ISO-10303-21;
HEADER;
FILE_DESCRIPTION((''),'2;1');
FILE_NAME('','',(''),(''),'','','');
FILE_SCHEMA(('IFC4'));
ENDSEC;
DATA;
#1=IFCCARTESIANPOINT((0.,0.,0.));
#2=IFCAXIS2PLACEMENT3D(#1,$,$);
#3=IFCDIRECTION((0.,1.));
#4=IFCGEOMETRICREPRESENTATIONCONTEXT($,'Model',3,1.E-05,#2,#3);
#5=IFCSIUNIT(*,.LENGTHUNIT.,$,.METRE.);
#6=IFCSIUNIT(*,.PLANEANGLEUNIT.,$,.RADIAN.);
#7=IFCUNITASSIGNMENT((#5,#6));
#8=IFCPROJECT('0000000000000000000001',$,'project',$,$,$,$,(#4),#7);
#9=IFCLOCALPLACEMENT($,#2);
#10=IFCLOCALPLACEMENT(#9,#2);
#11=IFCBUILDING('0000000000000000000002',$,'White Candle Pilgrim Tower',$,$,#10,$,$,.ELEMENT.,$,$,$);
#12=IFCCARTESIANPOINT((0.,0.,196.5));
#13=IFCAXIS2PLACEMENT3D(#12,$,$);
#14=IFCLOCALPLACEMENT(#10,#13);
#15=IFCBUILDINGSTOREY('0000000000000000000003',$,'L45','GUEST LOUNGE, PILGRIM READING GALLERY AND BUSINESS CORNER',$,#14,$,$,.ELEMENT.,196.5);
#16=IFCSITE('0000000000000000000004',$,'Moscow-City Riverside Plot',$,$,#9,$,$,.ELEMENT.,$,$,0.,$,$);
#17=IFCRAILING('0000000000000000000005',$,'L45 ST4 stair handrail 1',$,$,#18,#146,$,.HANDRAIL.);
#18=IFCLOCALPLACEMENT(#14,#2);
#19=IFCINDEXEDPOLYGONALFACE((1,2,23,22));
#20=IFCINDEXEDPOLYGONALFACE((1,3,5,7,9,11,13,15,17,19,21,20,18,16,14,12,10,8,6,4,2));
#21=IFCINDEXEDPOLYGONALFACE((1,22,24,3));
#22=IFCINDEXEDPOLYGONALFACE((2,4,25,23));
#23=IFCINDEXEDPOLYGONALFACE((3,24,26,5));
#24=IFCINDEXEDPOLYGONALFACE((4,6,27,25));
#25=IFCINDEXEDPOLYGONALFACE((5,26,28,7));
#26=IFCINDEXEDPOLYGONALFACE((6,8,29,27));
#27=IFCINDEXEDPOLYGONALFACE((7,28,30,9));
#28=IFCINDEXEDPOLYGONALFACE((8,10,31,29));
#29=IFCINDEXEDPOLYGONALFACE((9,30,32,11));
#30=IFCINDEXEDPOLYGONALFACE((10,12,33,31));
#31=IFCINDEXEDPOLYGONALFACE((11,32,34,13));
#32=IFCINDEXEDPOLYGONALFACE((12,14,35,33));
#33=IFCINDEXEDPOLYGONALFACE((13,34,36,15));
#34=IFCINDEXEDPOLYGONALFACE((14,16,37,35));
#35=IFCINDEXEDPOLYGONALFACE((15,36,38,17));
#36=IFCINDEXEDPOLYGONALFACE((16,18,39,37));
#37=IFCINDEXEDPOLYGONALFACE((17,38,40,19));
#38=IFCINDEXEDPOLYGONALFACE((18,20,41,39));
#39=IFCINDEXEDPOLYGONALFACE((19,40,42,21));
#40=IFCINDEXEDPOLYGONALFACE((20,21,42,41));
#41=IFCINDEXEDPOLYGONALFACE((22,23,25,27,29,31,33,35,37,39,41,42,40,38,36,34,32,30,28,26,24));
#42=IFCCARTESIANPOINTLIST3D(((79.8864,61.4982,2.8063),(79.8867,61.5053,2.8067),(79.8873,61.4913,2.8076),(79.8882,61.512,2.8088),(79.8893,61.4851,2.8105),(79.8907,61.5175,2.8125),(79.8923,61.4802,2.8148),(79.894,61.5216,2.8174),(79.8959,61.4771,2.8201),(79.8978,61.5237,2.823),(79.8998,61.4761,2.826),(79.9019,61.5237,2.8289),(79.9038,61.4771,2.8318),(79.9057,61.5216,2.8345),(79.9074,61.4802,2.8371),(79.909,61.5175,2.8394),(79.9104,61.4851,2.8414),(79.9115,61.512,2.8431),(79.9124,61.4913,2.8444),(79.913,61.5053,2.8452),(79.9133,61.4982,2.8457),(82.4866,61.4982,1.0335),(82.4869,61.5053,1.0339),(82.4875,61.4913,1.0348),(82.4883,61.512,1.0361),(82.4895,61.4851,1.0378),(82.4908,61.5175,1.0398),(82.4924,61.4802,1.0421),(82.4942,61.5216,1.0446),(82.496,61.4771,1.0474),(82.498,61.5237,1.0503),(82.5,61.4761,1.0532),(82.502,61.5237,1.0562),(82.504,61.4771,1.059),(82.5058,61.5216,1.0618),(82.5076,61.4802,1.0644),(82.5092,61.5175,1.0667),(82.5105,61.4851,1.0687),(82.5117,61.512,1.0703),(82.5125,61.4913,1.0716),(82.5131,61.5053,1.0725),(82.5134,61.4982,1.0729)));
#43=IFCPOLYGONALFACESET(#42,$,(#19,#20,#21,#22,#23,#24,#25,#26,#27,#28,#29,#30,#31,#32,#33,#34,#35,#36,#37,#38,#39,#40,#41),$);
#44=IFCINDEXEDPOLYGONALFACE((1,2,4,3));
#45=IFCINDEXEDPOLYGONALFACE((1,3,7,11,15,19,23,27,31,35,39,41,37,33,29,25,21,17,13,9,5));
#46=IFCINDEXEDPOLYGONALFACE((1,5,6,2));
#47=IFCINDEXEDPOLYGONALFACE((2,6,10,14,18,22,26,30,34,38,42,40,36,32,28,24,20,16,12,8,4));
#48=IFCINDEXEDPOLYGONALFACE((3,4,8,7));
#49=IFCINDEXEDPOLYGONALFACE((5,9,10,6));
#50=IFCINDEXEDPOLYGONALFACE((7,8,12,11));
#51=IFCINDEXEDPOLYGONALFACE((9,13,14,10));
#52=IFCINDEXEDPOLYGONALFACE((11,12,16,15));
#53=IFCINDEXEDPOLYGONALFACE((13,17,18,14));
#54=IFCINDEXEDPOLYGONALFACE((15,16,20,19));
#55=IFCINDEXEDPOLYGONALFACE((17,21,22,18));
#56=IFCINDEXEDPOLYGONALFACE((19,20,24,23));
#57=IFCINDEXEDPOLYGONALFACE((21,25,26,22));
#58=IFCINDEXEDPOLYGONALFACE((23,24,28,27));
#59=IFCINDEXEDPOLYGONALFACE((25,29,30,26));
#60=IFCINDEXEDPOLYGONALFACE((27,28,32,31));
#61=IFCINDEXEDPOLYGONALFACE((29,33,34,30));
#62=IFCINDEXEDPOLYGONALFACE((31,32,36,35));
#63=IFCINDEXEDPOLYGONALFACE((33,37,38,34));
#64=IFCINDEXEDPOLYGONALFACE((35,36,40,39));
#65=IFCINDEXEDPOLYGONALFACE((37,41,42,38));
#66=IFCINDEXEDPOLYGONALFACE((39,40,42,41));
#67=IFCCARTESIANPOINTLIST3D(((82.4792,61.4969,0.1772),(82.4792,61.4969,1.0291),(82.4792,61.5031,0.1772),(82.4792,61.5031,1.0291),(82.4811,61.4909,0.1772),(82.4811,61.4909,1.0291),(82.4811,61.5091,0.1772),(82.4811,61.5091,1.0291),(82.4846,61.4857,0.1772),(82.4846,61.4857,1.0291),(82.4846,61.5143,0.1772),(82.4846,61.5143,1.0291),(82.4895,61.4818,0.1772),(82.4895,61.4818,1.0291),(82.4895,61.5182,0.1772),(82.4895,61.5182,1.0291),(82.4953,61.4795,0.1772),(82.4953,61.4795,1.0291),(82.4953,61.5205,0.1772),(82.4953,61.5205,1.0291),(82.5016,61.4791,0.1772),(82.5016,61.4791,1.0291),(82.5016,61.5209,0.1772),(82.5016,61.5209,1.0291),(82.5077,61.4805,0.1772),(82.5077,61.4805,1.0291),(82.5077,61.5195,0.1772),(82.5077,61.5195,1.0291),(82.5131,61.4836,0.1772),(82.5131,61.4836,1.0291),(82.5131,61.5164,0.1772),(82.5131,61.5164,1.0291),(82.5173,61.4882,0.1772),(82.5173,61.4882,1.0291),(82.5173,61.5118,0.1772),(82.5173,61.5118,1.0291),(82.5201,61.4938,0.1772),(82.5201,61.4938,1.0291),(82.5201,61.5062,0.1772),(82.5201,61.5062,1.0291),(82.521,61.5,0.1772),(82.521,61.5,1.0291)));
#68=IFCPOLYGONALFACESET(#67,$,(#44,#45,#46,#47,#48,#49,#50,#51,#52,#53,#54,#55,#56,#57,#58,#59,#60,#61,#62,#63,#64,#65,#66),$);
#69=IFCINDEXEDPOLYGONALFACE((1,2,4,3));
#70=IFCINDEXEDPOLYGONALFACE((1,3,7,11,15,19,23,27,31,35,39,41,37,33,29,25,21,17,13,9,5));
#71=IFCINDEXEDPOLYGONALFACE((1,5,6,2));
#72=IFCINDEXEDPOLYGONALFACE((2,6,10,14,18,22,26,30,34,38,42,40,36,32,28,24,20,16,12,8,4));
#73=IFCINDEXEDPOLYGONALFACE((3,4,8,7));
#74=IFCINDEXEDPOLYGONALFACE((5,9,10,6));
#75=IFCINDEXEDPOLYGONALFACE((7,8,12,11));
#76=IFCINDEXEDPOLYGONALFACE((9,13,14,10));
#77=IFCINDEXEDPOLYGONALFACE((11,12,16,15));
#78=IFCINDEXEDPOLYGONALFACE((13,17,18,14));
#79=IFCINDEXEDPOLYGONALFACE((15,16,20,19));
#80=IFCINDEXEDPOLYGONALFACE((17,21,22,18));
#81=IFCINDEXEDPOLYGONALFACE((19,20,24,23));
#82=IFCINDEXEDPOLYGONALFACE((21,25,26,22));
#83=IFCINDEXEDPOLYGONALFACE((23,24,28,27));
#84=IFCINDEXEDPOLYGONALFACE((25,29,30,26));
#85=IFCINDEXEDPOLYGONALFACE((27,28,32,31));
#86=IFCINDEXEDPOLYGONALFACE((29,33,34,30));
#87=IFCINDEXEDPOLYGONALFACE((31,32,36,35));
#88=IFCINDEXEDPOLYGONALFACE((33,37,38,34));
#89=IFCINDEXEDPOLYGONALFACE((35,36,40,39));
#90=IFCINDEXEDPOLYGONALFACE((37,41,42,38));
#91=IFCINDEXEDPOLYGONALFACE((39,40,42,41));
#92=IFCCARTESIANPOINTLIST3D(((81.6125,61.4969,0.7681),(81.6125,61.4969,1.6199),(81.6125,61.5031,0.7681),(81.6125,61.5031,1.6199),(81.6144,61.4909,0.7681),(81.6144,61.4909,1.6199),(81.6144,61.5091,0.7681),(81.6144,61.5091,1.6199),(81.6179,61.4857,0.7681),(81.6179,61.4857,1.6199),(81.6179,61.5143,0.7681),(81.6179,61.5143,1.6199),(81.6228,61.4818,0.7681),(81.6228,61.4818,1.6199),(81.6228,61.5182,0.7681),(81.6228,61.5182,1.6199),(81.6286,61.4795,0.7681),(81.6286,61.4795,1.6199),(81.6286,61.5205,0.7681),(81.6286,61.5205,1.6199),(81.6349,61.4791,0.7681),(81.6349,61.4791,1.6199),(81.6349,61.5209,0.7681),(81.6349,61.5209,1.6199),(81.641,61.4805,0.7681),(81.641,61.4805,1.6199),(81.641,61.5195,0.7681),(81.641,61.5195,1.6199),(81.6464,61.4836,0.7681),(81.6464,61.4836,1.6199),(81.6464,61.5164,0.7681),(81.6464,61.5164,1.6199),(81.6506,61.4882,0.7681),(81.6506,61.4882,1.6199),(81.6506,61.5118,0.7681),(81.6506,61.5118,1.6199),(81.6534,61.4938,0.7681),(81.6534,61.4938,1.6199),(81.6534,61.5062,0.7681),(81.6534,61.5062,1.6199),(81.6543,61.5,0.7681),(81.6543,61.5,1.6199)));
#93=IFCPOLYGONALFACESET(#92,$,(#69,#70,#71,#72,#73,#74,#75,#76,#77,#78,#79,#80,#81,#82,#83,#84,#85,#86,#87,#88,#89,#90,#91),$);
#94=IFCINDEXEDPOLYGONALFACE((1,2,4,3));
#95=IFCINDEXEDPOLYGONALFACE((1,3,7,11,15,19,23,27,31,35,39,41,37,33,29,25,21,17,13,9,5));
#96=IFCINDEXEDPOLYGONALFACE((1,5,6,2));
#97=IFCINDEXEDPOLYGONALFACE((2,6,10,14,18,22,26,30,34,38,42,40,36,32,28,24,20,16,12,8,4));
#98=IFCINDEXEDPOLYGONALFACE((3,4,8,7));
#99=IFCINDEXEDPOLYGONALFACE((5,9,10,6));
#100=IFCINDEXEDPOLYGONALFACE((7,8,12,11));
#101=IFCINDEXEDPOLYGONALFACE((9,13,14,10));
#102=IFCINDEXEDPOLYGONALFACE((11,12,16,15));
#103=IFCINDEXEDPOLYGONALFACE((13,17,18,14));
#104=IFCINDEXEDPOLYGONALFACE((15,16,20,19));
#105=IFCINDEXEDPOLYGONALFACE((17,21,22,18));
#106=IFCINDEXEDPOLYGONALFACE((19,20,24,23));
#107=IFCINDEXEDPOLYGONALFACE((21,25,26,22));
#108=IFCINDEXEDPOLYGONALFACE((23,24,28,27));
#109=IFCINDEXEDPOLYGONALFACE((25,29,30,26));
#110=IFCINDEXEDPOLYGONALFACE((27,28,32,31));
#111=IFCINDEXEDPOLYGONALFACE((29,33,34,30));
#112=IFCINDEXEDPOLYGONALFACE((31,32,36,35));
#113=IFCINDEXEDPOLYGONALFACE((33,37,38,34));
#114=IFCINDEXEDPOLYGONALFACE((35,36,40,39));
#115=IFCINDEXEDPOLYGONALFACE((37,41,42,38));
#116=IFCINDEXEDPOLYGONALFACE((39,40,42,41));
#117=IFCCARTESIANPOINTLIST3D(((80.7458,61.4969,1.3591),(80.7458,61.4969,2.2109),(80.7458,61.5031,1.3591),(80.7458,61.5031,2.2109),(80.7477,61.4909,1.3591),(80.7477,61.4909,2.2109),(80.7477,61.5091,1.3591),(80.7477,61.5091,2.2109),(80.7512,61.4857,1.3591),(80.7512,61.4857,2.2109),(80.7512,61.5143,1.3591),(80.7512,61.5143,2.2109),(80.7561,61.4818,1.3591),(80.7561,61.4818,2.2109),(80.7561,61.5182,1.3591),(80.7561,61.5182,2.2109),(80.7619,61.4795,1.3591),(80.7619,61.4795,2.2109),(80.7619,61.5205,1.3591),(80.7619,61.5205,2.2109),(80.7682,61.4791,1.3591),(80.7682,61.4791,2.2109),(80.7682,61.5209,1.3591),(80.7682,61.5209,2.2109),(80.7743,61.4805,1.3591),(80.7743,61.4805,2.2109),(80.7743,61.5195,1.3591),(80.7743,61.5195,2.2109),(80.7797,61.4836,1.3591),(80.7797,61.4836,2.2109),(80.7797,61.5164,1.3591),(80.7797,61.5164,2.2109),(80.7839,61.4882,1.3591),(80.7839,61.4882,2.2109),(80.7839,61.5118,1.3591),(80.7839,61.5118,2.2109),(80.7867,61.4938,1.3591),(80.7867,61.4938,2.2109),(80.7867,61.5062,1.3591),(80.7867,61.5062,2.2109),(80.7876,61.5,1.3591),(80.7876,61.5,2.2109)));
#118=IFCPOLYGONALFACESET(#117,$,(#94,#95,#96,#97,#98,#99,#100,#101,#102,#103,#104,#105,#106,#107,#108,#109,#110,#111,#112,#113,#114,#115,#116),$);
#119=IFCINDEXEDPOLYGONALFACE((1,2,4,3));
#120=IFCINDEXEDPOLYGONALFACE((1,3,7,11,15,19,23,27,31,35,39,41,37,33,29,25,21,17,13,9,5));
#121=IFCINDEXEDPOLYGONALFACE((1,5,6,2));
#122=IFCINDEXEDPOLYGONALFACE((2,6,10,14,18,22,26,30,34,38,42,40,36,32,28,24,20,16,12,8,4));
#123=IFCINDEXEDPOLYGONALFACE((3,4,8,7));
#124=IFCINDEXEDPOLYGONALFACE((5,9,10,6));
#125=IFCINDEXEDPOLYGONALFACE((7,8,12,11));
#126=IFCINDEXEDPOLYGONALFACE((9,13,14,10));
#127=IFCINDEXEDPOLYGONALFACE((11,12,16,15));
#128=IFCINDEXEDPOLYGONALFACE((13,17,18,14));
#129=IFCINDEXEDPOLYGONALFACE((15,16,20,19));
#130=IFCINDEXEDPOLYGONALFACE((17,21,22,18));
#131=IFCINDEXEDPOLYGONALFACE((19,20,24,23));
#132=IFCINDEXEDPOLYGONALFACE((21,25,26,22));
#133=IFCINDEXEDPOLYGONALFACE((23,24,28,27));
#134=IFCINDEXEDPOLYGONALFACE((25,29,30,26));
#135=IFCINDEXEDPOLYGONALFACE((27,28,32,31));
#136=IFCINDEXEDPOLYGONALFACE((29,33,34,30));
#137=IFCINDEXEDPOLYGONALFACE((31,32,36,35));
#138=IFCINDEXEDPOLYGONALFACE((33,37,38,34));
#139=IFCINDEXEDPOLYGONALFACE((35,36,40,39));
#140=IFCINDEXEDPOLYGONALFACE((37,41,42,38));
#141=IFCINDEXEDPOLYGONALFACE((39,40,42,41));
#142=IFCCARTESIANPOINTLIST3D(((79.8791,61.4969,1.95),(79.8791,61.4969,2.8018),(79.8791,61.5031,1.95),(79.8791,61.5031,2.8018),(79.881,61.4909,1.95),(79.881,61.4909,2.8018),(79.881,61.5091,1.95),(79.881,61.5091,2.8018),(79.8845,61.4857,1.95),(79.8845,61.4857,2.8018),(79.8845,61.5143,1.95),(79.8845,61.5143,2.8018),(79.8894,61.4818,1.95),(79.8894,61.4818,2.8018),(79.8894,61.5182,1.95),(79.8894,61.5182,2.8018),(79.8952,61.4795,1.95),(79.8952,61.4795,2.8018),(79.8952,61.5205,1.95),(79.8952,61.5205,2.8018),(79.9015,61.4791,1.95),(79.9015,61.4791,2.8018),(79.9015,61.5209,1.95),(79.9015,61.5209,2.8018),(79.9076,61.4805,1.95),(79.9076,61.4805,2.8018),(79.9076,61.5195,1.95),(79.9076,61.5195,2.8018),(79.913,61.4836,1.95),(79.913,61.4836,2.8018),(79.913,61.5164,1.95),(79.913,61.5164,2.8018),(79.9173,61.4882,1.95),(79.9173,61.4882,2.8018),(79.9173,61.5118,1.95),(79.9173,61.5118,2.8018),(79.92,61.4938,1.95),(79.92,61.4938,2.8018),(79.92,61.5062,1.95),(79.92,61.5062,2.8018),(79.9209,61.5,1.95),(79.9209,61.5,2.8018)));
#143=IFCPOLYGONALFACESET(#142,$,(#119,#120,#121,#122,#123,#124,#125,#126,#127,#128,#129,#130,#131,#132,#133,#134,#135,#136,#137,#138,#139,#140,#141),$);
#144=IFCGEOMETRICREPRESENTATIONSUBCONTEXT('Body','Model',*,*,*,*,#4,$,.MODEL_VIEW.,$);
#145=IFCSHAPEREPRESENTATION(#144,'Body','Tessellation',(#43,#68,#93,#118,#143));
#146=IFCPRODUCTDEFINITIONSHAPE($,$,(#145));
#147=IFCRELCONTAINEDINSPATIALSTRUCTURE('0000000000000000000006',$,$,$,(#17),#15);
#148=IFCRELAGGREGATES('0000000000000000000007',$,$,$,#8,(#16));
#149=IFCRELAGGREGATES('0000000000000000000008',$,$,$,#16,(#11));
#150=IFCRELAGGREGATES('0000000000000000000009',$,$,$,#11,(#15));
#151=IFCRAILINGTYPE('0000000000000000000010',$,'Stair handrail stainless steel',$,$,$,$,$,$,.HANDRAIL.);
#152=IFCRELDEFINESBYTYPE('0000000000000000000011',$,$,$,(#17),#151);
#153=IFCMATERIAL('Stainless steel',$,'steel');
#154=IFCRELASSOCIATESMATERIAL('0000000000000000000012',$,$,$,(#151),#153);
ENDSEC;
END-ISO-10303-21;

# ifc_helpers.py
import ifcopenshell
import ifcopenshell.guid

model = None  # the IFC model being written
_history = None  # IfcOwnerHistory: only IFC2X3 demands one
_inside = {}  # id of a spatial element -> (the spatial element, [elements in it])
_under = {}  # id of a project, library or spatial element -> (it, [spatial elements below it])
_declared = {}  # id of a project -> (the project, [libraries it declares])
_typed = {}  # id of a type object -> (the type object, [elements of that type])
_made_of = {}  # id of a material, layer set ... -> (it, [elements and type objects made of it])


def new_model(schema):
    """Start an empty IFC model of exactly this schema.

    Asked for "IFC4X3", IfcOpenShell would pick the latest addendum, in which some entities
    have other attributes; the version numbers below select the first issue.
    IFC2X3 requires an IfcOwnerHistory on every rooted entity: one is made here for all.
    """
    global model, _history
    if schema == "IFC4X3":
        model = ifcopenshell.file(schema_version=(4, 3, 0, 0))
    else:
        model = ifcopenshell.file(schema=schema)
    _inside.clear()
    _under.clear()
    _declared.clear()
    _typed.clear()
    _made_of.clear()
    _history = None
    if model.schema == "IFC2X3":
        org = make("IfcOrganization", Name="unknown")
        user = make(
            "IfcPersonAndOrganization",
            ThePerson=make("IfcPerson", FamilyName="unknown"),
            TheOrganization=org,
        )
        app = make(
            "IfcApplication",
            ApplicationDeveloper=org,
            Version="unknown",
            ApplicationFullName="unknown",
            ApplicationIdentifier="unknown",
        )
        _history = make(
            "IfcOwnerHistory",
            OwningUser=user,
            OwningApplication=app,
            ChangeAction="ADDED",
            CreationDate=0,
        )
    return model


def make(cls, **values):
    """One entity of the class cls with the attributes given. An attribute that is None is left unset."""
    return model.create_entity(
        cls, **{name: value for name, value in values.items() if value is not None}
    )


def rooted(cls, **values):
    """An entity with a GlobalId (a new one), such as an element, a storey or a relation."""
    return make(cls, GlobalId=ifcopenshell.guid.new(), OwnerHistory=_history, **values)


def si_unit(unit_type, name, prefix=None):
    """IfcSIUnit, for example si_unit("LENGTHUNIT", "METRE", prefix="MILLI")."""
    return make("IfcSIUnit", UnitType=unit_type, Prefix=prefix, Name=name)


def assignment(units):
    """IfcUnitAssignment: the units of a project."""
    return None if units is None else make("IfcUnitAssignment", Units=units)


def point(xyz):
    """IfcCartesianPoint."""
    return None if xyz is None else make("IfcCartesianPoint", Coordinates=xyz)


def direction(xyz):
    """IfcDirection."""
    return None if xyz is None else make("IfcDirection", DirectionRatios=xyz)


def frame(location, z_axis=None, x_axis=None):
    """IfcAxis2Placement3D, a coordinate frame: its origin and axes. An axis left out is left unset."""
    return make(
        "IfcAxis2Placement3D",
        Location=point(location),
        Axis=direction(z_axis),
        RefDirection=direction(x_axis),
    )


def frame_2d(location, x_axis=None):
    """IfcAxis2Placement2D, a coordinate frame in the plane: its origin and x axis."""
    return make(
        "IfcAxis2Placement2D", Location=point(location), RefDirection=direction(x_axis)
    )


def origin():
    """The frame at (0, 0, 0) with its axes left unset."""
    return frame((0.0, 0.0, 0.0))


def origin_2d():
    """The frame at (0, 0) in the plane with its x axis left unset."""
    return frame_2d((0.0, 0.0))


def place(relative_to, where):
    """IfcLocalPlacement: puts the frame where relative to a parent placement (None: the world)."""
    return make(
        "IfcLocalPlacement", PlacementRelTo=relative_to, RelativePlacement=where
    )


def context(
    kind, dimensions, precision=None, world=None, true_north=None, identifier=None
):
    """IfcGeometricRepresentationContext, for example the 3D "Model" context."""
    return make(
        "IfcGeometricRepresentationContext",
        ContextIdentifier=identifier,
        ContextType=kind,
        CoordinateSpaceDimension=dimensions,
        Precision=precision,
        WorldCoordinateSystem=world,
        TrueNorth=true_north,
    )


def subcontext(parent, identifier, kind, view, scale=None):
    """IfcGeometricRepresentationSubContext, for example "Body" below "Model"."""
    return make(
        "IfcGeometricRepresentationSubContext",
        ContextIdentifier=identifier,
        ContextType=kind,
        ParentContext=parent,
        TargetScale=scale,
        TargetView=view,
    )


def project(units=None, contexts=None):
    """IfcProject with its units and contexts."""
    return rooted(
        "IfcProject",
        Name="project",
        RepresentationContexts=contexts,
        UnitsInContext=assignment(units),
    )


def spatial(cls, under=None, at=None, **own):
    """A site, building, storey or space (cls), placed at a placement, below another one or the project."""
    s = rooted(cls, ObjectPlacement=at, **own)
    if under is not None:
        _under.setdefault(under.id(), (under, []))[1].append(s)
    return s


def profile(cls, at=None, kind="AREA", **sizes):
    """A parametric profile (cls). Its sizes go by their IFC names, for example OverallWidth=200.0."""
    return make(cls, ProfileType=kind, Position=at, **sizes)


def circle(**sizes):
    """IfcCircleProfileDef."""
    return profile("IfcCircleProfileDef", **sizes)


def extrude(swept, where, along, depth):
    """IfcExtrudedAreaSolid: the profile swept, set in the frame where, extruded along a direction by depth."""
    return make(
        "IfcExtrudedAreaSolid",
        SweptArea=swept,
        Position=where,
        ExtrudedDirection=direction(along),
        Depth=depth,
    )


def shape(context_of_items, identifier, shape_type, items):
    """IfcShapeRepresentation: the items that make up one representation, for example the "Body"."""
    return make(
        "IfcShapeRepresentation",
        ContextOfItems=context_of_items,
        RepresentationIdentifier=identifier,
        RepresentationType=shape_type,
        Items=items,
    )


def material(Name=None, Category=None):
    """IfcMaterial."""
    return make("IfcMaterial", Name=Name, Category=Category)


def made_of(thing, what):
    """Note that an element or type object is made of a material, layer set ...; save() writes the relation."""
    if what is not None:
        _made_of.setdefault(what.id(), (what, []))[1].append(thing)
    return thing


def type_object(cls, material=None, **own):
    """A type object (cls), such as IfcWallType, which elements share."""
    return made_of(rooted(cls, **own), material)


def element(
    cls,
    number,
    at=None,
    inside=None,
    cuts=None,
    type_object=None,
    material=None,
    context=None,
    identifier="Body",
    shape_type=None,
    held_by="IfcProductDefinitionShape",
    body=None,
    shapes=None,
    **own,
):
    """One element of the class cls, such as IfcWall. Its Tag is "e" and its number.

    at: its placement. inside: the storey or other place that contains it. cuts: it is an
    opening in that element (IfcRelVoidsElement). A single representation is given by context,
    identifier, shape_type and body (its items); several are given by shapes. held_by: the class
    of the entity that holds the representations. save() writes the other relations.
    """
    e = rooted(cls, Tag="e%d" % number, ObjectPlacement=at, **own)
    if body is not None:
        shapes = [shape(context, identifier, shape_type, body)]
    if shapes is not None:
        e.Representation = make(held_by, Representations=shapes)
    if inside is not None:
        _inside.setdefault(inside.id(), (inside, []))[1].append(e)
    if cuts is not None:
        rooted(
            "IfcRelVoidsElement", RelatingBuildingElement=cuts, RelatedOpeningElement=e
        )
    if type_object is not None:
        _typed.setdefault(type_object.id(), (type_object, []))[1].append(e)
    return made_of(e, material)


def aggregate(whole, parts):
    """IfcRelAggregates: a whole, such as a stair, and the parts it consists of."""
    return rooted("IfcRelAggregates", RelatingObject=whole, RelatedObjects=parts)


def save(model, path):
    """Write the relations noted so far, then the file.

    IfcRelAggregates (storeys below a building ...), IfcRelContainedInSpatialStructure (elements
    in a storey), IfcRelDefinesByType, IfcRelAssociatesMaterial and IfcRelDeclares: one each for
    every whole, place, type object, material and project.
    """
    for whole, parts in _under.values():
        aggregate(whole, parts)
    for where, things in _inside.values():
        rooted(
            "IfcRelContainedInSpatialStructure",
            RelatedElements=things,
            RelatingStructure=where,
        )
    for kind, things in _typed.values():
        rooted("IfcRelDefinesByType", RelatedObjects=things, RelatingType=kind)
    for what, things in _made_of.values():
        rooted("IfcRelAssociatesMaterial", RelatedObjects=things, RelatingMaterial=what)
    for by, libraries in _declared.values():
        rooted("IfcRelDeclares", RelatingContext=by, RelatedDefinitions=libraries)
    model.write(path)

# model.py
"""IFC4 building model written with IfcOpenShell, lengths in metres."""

from ifc_helpers import new_model, si_unit, direction, frame, origin, origin_2d, place, context, subcontext, project, spatial, circle, extrude, material, type_object, element, save


model = new_model("IFC4")

# Units and contexts
model_context = context("Model", 3, precision=1e-05, world=origin(), true_north=direction((0.0, 1.0)))
body_context = subcontext(model_context, "Body", "Model", "MODEL_VIEW")
ifc_project = project(units=[si_unit("LENGTHUNIT", "METRE"), si_unit("PLANEANGLEUNIT", "RADIAN")], contexts=[model_context])

# Site, building, storey
site_placement = place(None, origin())
site = spatial("IfcSite", under=ifc_project, at=site_placement, Name="Moscow-City Riverside Plot", CompositionType="ELEMENT", RefElevation=0.0)
building_placement = place(site_placement, origin())
building = spatial("IfcBuilding", under=site, at=building_placement, Name="White Candle Pilgrim Tower", CompositionType="ELEMENT")
storey_placement = place(building_placement, frame((0.0, 0.0, 196.5)))
storey = spatial("IfcBuildingStorey", under=building, at=storey_placement, Name="L45", Description="GUEST LOUNGE, PILGRIM READING GALLERY AND BUSINESS CORNER", CompositionType="ELEMENT", Elevation=196.5)

# Railing
ifc_material_1 = material(Name="Stainless steel", Category="steel")
railing_type_1 = type_object("IfcRailingType", Name="Stair handrail stainless steel", PredefinedType="HANDRAIL", material=ifc_material_1)
railing_1_placement = place(storey_placement, frame((82.5, 61.5, 0.1772)))
element("IfcRailing", 1, at=railing_1_placement, inside=storey, type_object=railing_type_1, Name="L45 ST4 stair handrail 1", PredefinedType="HANDRAIL", context=body_context, shape_type="SweptSolid", body=[
    extrude(circle(Radius=0.0239, at=origin_2d()), frame((0.0, 0.0, 0.876), z_axis=(-0.82624, 0.0, 0.563318), x_axis=(0.0, -1.0, 0.0)), (0.0, 0.0, 1.0), 3.147),
    extrude(circle(Radius=0.021, at=origin_2d()), origin(), (0.0, 0.0, 1.0), 0.8518),
    extrude(circle(Radius=0.021, at=origin_2d()), frame((-0.8667, 0.0, 0.5908)), (0.0, 0.0, 1.0), 0.8518),
    extrude(circle(Radius=0.021, at=origin_2d()), frame((-1.7334, 0.0, 1.1819)), (0.0, 0.0, 1.0), 0.8518),
    extrude(circle(Radius=0.021, at=origin_2d()), frame((-2.6001, 0.0, 1.7727)), (0.0, 0.0, 1.0), 0.8518),
])

save(model, "model.ifc")
